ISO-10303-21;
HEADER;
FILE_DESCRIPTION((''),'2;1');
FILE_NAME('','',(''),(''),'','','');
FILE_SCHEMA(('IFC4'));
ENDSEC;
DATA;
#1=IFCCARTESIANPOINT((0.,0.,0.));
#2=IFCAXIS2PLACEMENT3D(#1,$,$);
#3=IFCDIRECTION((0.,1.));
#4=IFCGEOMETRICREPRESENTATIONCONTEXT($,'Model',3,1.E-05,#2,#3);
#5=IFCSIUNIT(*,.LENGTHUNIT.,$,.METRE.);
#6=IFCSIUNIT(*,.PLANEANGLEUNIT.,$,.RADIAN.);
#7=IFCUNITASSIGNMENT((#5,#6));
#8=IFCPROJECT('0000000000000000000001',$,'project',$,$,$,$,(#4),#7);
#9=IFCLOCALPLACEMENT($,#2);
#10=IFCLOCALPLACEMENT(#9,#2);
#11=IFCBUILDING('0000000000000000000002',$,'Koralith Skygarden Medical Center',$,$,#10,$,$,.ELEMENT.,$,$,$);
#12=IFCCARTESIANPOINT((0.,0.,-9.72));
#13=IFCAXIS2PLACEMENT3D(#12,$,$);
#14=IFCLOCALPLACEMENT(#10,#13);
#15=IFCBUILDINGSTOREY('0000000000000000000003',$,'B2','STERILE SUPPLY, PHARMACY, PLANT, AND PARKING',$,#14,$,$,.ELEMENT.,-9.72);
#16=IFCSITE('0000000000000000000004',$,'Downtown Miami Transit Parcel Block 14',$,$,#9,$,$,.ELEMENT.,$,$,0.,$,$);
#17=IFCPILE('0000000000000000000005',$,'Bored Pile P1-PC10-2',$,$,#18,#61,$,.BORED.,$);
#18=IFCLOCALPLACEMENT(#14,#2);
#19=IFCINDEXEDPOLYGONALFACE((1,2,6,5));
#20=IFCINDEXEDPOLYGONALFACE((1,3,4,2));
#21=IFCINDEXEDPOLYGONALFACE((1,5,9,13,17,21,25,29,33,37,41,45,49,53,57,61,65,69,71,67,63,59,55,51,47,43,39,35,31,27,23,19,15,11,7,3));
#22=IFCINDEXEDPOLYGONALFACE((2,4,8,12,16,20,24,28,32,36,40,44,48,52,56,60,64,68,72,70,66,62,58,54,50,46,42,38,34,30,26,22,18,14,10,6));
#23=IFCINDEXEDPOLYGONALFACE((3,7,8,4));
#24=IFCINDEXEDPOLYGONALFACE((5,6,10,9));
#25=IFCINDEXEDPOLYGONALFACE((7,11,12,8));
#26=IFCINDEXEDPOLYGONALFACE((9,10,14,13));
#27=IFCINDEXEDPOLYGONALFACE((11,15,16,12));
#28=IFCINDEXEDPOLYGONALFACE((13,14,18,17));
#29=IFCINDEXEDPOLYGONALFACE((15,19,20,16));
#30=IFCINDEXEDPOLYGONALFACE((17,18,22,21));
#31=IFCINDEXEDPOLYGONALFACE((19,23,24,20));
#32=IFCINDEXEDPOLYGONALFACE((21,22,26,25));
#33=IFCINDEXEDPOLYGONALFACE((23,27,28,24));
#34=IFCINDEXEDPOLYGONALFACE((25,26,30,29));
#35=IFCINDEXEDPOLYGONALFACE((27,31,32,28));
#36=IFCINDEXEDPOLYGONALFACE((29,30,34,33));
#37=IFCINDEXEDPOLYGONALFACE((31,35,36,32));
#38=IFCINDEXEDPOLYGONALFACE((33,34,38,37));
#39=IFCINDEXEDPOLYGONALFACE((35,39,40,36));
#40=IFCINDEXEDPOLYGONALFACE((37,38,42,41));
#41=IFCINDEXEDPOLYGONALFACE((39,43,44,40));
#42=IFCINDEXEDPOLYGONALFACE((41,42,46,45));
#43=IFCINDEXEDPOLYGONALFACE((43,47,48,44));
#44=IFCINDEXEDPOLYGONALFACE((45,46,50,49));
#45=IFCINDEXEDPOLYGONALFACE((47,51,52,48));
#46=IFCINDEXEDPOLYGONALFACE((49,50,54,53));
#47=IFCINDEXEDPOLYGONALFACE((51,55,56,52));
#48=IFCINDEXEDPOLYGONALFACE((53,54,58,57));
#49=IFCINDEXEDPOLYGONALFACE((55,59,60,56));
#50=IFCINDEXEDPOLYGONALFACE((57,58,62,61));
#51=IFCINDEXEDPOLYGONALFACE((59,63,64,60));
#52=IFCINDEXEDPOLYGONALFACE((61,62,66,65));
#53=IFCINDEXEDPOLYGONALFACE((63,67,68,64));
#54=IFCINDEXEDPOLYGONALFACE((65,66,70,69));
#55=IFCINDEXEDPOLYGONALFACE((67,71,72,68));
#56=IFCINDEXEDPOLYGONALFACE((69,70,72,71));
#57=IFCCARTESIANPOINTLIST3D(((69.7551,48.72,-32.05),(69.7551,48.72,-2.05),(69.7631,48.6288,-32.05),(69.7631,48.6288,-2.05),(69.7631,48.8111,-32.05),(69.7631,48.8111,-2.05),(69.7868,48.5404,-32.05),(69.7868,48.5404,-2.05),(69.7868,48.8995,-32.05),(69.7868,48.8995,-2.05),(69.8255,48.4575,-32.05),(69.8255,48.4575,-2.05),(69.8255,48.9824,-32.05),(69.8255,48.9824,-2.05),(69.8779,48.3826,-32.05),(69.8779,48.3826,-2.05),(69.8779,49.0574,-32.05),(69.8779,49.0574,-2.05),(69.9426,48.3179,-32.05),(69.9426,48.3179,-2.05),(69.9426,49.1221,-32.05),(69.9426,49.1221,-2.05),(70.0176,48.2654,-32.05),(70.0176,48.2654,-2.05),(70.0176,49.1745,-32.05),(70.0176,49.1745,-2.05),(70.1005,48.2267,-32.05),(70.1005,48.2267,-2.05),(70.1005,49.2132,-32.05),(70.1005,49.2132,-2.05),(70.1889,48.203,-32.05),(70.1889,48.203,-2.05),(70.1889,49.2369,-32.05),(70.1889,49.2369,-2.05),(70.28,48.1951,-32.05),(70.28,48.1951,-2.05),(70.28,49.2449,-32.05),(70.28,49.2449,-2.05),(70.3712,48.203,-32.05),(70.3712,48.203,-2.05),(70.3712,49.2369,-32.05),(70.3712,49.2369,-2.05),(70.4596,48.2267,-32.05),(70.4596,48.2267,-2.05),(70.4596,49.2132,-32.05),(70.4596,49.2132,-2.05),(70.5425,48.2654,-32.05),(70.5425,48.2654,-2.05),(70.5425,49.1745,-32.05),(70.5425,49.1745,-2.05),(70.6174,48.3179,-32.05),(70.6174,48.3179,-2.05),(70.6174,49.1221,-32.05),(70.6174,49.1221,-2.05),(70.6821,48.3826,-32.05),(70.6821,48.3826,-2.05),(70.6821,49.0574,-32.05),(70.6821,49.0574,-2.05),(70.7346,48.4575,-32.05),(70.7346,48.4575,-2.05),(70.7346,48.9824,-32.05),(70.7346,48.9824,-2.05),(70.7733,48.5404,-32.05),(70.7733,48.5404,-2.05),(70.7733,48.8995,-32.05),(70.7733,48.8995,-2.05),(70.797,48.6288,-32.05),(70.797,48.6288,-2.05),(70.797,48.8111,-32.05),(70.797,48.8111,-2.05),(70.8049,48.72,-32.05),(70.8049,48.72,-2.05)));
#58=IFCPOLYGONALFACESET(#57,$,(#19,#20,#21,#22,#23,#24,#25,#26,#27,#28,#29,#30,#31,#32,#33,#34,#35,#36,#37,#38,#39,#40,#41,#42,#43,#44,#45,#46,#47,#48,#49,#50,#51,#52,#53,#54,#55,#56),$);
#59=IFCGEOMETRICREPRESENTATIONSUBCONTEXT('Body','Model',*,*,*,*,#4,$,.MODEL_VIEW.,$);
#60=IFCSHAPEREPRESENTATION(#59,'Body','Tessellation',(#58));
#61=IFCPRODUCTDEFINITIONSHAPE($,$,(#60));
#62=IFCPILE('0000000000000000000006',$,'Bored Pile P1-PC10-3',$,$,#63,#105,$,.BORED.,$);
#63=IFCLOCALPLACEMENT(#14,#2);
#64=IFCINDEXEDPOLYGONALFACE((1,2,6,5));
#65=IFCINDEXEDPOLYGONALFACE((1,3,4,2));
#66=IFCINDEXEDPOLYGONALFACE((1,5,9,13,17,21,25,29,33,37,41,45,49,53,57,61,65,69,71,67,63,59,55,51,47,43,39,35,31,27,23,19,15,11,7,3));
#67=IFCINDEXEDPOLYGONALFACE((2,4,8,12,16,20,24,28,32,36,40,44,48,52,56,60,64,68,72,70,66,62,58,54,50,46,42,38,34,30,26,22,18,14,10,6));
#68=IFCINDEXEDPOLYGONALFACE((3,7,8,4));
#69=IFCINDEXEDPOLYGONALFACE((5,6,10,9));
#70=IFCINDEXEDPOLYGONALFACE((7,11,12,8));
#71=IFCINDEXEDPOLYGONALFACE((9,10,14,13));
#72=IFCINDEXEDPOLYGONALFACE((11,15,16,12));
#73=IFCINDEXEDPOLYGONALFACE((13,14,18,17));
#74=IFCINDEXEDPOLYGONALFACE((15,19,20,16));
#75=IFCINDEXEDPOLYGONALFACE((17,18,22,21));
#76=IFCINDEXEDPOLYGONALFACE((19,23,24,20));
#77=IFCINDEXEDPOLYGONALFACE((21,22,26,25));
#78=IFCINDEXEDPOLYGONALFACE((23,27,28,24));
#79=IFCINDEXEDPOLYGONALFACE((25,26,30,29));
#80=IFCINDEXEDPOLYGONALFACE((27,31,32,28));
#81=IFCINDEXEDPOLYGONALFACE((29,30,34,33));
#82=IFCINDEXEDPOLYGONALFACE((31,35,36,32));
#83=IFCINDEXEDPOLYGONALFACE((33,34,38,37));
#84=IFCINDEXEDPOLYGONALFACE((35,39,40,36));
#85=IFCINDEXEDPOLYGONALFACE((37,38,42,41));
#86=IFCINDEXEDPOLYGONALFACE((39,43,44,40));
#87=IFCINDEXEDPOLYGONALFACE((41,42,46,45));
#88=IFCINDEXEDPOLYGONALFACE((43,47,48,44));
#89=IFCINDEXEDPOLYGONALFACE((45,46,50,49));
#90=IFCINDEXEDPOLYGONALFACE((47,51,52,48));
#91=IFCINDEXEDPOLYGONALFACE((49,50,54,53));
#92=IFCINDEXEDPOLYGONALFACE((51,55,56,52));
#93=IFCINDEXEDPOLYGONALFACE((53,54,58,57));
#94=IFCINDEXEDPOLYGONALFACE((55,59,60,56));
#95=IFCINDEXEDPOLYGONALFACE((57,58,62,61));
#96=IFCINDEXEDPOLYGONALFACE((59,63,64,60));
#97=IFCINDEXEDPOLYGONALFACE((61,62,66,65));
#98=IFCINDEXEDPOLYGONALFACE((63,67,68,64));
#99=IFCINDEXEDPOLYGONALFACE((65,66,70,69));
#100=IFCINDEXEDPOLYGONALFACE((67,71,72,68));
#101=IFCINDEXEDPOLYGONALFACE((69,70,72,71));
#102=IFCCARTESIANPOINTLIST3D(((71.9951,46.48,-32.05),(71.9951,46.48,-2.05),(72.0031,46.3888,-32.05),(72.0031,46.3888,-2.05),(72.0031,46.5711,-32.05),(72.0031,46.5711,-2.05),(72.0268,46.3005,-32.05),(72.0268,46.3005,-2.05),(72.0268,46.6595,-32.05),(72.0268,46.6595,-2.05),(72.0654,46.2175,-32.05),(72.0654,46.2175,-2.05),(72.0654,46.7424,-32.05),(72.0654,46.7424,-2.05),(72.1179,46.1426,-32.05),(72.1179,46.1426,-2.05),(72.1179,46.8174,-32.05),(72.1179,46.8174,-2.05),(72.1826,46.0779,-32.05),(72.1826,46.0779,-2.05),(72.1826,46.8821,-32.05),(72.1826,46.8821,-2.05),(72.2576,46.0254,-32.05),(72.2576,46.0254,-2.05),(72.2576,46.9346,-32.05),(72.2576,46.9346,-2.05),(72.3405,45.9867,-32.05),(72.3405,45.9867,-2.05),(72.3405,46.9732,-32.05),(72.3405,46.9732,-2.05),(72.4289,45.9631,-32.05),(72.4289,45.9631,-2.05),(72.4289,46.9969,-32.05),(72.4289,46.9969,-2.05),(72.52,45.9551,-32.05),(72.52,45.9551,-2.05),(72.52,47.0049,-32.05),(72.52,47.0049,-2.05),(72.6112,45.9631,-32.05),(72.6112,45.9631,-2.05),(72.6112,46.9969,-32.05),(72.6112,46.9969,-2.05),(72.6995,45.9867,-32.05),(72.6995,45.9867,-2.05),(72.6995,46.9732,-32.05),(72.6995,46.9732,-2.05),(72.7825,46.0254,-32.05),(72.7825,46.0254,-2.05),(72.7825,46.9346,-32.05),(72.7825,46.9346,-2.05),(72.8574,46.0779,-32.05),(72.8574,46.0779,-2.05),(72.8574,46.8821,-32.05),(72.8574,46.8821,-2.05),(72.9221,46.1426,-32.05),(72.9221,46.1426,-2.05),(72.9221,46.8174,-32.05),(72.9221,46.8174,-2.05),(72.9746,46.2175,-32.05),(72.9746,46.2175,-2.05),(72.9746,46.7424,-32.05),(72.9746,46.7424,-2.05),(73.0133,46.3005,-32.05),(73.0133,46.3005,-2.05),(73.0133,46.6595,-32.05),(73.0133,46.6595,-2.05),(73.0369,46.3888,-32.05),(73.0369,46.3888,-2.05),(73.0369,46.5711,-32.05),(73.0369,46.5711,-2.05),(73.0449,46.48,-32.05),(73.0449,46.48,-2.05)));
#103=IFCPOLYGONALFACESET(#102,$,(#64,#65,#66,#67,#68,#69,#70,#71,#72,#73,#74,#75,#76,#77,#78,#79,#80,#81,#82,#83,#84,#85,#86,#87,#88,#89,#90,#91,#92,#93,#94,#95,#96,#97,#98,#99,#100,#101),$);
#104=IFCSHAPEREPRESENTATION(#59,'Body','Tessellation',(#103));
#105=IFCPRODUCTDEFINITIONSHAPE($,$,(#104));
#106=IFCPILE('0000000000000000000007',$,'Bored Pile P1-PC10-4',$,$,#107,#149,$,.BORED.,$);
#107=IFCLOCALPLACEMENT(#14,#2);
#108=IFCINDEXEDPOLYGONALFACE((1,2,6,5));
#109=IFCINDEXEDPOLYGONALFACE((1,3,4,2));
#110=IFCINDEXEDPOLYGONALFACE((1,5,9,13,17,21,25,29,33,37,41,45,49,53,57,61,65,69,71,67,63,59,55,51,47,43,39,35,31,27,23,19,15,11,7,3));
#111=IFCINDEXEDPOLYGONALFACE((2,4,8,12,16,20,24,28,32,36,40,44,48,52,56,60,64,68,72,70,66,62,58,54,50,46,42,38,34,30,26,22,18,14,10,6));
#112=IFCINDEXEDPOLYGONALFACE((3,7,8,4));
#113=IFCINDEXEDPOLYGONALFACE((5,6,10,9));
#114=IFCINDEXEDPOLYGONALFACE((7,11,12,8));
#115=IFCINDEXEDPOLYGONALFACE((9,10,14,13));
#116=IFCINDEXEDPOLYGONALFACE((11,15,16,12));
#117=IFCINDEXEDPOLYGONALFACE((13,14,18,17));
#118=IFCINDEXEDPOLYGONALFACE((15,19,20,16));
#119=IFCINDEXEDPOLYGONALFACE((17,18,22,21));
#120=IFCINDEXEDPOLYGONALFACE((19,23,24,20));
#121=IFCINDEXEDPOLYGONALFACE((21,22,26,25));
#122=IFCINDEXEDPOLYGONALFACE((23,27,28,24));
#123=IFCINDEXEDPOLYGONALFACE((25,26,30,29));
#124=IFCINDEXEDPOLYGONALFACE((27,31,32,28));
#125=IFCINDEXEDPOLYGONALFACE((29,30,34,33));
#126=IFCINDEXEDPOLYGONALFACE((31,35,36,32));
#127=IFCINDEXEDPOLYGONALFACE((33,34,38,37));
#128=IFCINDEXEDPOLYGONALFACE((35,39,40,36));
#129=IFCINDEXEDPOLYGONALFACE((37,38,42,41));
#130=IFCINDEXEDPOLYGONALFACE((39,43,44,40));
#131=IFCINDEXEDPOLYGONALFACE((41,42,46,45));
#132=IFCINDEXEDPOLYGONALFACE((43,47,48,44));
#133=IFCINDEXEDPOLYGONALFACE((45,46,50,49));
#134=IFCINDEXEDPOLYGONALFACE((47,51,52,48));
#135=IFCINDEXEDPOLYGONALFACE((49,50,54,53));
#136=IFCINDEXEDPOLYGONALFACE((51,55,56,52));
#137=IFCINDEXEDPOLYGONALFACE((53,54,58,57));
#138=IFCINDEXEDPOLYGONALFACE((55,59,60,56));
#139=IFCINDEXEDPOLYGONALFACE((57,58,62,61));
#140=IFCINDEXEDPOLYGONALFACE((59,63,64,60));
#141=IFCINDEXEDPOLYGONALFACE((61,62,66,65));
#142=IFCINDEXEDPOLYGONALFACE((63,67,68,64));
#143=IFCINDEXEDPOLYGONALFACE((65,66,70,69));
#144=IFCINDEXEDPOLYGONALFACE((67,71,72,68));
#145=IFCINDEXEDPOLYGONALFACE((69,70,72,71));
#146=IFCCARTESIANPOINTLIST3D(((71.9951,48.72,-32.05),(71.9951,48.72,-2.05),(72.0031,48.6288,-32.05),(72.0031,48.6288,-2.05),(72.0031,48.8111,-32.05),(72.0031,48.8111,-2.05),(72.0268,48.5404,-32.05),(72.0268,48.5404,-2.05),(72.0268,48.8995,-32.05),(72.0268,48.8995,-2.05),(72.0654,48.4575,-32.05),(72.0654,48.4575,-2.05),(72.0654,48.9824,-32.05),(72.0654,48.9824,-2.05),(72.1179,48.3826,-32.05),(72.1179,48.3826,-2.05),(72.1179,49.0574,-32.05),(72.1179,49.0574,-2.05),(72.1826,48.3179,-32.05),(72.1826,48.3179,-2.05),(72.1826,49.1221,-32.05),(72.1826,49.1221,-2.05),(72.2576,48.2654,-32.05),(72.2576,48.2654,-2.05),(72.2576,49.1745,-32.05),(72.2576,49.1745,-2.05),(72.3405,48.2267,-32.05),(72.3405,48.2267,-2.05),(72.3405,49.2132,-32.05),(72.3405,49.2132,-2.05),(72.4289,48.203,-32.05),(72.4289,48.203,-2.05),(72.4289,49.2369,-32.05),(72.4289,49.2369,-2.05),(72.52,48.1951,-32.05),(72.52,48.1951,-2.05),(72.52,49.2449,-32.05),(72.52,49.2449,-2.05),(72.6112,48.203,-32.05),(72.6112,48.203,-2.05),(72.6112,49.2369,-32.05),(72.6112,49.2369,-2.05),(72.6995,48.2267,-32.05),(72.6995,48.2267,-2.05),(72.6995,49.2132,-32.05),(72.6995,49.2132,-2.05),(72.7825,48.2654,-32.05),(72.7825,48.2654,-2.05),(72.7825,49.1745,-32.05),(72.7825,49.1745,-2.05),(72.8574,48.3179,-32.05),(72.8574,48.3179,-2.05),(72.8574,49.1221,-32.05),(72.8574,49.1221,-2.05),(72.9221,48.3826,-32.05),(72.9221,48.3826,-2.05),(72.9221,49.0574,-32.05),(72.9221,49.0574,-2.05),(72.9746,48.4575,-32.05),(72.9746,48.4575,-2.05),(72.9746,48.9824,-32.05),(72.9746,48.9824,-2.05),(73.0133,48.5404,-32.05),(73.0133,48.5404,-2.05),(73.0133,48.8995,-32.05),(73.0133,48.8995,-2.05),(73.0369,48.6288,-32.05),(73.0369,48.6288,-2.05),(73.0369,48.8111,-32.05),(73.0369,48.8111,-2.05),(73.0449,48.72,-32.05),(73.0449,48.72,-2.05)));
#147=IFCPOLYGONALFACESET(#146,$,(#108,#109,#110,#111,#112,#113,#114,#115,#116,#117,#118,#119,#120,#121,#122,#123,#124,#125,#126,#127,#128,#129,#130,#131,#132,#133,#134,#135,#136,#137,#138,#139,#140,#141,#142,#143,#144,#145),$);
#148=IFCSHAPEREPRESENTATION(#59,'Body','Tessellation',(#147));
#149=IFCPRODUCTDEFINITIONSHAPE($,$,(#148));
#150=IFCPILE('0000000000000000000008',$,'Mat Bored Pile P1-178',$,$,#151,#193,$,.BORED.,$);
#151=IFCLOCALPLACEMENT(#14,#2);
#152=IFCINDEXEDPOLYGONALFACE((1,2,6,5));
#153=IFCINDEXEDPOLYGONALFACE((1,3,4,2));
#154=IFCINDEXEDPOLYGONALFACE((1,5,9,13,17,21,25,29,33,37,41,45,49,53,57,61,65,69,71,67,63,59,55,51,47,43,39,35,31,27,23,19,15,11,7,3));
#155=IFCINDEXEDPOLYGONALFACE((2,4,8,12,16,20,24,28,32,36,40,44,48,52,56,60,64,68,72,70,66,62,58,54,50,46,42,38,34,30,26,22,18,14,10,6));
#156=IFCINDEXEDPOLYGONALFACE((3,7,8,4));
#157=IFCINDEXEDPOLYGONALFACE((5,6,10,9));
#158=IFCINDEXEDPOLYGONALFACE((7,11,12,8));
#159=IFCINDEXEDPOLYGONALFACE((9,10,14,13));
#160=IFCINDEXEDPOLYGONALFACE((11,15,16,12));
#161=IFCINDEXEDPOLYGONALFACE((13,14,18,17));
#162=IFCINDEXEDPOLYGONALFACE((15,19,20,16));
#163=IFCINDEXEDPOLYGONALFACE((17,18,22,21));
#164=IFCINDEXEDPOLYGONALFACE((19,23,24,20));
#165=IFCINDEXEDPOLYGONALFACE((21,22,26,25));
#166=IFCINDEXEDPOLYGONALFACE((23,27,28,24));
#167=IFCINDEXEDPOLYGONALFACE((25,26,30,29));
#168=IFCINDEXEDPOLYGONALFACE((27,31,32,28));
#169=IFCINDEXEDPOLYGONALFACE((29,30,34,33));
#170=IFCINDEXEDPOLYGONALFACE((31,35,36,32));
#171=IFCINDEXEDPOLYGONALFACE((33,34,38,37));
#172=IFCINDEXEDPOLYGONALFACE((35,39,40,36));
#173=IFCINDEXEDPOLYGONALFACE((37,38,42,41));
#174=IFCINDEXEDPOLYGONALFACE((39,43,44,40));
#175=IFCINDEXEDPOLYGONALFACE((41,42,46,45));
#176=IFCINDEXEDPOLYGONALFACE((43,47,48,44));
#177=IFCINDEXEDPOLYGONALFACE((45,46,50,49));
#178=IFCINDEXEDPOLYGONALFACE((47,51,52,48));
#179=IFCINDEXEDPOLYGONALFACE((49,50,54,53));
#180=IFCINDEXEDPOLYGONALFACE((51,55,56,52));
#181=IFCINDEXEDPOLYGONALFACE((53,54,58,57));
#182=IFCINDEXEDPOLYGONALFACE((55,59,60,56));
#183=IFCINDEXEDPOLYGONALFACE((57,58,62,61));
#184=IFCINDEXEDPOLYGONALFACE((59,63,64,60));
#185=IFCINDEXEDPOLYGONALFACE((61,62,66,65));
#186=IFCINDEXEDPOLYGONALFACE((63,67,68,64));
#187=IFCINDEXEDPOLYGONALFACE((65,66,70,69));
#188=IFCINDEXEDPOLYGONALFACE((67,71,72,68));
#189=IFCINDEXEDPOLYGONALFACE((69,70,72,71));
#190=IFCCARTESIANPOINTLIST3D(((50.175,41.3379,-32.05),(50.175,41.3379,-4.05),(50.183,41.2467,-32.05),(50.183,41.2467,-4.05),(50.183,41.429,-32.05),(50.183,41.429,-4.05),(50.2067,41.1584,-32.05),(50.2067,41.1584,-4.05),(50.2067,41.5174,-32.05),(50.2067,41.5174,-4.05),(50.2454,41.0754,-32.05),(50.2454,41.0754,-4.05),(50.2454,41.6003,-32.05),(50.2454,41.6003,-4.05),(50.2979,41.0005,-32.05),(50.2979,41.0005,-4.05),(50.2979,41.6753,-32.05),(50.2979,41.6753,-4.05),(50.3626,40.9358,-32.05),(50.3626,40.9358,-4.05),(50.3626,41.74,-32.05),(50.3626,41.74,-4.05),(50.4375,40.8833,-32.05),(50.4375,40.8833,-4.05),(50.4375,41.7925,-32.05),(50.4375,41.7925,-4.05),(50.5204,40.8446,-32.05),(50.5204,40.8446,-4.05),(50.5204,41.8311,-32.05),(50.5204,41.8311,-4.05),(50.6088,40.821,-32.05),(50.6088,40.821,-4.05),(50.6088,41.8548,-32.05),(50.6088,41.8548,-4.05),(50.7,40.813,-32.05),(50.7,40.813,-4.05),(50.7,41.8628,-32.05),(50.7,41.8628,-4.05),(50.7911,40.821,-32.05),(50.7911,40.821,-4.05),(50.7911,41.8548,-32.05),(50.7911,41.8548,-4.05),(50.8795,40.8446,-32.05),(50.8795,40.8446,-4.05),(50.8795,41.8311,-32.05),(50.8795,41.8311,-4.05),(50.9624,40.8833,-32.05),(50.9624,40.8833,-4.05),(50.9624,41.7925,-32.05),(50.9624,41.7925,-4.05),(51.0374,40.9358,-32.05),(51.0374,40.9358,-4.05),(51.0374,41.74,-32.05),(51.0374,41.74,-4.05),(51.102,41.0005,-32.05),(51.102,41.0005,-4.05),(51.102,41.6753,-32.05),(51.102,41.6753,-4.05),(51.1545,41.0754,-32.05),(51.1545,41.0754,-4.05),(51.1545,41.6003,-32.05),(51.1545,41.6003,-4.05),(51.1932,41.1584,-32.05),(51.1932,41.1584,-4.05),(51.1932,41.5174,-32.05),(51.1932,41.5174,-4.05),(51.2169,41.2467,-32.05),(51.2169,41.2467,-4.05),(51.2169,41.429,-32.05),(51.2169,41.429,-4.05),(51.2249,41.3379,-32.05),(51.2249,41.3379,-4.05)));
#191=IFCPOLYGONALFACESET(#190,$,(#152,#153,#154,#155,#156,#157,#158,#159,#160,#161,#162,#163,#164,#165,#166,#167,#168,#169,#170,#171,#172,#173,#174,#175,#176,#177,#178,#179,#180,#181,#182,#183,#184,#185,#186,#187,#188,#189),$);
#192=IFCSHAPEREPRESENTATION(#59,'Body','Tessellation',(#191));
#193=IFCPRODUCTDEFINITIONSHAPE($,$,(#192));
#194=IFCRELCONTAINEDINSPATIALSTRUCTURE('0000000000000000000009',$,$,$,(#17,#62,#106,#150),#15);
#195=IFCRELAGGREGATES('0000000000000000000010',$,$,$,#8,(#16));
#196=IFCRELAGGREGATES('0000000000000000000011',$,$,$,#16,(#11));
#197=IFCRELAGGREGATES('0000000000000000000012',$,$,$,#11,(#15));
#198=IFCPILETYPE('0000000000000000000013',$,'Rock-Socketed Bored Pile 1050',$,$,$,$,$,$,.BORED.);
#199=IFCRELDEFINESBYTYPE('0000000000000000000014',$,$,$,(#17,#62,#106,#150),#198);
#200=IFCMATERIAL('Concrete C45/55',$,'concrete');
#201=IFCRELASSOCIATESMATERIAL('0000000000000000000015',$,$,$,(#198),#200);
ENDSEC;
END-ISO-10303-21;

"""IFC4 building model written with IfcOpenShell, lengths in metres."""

from ifc_helpers import new_model, si_unit, direction, frame, origin, origin_2d, place, context, subcontext, project, spatial, circle, extrude, material, material_profile, profile_set, type_object, element, save


model = new_model("IFC4")

# Units and contexts
model_context = context("Model", 3, precision=1e-05, world=origin(), true_north=direction((0.0, 1.0)))
body_context = subcontext(model_context, "Body", "Model", "MODEL_VIEW")
ifc_project = project(units=[si_unit("LENGTHUNIT", "METRE"), si_unit("PLANEANGLEUNIT", "RADIAN")], contexts=[model_context])

# Site, building, storey
site_placement = place(None, origin())
site = spatial("IfcSite", under=ifc_project, at=site_placement, Name="Downtown Miami Transit Parcel Block 14", CompositionType="ELEMENT", RefElevation=0.0)
building_placement = place(site_placement, origin())
building = spatial("IfcBuilding", under=site, at=building_placement, Name="Koralith Skygarden Medical Center", CompositionType="ELEMENT")
storey_placement = place(building_placement, frame((0.0, 0.0, -9.72)))
storey = spatial("IfcBuildingStorey", under=building, at=storey_placement, Name="B2", Description="STERILE SUPPLY, PHARMACY, PLANT, AND PARKING", CompositionType="ELEMENT", Elevation=-9.72)

# Piles
ifc_material_1 = material(Name="Concrete C45/55", Category="concrete")
ifc_material_profile_1 = material_profile(ifc_material_1, circle(Radius=0.5249, at=origin_2d()), Name="PILE1050")
ifc_profile_set_1 = profile_set([ifc_material_profile_1], Name="Concrete C45/55")
pile_type = type_object("IfcPileType", Name="Rock-Socketed Bored Pile 1050", PredefinedType="BORED", material=ifc_profile_set_1)
for number, where, z_axis, x_axis, name in (
    (1, (70.28, 48.72, -2.05), (0.0, 0.0, -1.0), (1.0, 0.0, 0.0), "Bored Pile P1-PC10-2"),
    (2, (72.52, 46.48, -2.05), (0.0, 0.0, -1.0), (1.0, 0.0, 0.0), "Bored Pile P1-PC10-3"),
    (3, (72.52, 48.72, -2.05), (0.0, 0.0, -1.0), (1.0, 0.0, 0.0), "Bored Pile P1-PC10-4"),
):
    element("IfcPile", number, at=place(storey_placement, frame(where, z_axis=z_axis, x_axis=x_axis)), inside=storey, type_object=pile_type, Name=name, PredefinedType="BORED", context=body_context, shape_type="SweptSolid", body=[
        extrude(circle(Radius=0.5249, at=origin_2d()), origin(), (0.0, 0.0, 1.0), 30.0),
    ])
for number, where, z_axis, x_axis, name in (
    (4, (50.7, 41.3379, -4.05), (0.0, 0.0, -1.0), (1.0, 0.0, 0.0), "Mat Bored Pile P1-178"),
):
    element("IfcPile", number, at=place(storey_placement, frame(where, z_axis=z_axis, x_axis=x_axis)), inside=storey, type_object=pile_type, Name=name, PredefinedType="BORED", context=body_context, shape_type="SweptSolid", body=[
        extrude(circle(Radius=0.5249, at=origin_2d()), origin(), (0.0, 0.0, 1.0), 28.0),
    ])

save(model, "model.ifc")
